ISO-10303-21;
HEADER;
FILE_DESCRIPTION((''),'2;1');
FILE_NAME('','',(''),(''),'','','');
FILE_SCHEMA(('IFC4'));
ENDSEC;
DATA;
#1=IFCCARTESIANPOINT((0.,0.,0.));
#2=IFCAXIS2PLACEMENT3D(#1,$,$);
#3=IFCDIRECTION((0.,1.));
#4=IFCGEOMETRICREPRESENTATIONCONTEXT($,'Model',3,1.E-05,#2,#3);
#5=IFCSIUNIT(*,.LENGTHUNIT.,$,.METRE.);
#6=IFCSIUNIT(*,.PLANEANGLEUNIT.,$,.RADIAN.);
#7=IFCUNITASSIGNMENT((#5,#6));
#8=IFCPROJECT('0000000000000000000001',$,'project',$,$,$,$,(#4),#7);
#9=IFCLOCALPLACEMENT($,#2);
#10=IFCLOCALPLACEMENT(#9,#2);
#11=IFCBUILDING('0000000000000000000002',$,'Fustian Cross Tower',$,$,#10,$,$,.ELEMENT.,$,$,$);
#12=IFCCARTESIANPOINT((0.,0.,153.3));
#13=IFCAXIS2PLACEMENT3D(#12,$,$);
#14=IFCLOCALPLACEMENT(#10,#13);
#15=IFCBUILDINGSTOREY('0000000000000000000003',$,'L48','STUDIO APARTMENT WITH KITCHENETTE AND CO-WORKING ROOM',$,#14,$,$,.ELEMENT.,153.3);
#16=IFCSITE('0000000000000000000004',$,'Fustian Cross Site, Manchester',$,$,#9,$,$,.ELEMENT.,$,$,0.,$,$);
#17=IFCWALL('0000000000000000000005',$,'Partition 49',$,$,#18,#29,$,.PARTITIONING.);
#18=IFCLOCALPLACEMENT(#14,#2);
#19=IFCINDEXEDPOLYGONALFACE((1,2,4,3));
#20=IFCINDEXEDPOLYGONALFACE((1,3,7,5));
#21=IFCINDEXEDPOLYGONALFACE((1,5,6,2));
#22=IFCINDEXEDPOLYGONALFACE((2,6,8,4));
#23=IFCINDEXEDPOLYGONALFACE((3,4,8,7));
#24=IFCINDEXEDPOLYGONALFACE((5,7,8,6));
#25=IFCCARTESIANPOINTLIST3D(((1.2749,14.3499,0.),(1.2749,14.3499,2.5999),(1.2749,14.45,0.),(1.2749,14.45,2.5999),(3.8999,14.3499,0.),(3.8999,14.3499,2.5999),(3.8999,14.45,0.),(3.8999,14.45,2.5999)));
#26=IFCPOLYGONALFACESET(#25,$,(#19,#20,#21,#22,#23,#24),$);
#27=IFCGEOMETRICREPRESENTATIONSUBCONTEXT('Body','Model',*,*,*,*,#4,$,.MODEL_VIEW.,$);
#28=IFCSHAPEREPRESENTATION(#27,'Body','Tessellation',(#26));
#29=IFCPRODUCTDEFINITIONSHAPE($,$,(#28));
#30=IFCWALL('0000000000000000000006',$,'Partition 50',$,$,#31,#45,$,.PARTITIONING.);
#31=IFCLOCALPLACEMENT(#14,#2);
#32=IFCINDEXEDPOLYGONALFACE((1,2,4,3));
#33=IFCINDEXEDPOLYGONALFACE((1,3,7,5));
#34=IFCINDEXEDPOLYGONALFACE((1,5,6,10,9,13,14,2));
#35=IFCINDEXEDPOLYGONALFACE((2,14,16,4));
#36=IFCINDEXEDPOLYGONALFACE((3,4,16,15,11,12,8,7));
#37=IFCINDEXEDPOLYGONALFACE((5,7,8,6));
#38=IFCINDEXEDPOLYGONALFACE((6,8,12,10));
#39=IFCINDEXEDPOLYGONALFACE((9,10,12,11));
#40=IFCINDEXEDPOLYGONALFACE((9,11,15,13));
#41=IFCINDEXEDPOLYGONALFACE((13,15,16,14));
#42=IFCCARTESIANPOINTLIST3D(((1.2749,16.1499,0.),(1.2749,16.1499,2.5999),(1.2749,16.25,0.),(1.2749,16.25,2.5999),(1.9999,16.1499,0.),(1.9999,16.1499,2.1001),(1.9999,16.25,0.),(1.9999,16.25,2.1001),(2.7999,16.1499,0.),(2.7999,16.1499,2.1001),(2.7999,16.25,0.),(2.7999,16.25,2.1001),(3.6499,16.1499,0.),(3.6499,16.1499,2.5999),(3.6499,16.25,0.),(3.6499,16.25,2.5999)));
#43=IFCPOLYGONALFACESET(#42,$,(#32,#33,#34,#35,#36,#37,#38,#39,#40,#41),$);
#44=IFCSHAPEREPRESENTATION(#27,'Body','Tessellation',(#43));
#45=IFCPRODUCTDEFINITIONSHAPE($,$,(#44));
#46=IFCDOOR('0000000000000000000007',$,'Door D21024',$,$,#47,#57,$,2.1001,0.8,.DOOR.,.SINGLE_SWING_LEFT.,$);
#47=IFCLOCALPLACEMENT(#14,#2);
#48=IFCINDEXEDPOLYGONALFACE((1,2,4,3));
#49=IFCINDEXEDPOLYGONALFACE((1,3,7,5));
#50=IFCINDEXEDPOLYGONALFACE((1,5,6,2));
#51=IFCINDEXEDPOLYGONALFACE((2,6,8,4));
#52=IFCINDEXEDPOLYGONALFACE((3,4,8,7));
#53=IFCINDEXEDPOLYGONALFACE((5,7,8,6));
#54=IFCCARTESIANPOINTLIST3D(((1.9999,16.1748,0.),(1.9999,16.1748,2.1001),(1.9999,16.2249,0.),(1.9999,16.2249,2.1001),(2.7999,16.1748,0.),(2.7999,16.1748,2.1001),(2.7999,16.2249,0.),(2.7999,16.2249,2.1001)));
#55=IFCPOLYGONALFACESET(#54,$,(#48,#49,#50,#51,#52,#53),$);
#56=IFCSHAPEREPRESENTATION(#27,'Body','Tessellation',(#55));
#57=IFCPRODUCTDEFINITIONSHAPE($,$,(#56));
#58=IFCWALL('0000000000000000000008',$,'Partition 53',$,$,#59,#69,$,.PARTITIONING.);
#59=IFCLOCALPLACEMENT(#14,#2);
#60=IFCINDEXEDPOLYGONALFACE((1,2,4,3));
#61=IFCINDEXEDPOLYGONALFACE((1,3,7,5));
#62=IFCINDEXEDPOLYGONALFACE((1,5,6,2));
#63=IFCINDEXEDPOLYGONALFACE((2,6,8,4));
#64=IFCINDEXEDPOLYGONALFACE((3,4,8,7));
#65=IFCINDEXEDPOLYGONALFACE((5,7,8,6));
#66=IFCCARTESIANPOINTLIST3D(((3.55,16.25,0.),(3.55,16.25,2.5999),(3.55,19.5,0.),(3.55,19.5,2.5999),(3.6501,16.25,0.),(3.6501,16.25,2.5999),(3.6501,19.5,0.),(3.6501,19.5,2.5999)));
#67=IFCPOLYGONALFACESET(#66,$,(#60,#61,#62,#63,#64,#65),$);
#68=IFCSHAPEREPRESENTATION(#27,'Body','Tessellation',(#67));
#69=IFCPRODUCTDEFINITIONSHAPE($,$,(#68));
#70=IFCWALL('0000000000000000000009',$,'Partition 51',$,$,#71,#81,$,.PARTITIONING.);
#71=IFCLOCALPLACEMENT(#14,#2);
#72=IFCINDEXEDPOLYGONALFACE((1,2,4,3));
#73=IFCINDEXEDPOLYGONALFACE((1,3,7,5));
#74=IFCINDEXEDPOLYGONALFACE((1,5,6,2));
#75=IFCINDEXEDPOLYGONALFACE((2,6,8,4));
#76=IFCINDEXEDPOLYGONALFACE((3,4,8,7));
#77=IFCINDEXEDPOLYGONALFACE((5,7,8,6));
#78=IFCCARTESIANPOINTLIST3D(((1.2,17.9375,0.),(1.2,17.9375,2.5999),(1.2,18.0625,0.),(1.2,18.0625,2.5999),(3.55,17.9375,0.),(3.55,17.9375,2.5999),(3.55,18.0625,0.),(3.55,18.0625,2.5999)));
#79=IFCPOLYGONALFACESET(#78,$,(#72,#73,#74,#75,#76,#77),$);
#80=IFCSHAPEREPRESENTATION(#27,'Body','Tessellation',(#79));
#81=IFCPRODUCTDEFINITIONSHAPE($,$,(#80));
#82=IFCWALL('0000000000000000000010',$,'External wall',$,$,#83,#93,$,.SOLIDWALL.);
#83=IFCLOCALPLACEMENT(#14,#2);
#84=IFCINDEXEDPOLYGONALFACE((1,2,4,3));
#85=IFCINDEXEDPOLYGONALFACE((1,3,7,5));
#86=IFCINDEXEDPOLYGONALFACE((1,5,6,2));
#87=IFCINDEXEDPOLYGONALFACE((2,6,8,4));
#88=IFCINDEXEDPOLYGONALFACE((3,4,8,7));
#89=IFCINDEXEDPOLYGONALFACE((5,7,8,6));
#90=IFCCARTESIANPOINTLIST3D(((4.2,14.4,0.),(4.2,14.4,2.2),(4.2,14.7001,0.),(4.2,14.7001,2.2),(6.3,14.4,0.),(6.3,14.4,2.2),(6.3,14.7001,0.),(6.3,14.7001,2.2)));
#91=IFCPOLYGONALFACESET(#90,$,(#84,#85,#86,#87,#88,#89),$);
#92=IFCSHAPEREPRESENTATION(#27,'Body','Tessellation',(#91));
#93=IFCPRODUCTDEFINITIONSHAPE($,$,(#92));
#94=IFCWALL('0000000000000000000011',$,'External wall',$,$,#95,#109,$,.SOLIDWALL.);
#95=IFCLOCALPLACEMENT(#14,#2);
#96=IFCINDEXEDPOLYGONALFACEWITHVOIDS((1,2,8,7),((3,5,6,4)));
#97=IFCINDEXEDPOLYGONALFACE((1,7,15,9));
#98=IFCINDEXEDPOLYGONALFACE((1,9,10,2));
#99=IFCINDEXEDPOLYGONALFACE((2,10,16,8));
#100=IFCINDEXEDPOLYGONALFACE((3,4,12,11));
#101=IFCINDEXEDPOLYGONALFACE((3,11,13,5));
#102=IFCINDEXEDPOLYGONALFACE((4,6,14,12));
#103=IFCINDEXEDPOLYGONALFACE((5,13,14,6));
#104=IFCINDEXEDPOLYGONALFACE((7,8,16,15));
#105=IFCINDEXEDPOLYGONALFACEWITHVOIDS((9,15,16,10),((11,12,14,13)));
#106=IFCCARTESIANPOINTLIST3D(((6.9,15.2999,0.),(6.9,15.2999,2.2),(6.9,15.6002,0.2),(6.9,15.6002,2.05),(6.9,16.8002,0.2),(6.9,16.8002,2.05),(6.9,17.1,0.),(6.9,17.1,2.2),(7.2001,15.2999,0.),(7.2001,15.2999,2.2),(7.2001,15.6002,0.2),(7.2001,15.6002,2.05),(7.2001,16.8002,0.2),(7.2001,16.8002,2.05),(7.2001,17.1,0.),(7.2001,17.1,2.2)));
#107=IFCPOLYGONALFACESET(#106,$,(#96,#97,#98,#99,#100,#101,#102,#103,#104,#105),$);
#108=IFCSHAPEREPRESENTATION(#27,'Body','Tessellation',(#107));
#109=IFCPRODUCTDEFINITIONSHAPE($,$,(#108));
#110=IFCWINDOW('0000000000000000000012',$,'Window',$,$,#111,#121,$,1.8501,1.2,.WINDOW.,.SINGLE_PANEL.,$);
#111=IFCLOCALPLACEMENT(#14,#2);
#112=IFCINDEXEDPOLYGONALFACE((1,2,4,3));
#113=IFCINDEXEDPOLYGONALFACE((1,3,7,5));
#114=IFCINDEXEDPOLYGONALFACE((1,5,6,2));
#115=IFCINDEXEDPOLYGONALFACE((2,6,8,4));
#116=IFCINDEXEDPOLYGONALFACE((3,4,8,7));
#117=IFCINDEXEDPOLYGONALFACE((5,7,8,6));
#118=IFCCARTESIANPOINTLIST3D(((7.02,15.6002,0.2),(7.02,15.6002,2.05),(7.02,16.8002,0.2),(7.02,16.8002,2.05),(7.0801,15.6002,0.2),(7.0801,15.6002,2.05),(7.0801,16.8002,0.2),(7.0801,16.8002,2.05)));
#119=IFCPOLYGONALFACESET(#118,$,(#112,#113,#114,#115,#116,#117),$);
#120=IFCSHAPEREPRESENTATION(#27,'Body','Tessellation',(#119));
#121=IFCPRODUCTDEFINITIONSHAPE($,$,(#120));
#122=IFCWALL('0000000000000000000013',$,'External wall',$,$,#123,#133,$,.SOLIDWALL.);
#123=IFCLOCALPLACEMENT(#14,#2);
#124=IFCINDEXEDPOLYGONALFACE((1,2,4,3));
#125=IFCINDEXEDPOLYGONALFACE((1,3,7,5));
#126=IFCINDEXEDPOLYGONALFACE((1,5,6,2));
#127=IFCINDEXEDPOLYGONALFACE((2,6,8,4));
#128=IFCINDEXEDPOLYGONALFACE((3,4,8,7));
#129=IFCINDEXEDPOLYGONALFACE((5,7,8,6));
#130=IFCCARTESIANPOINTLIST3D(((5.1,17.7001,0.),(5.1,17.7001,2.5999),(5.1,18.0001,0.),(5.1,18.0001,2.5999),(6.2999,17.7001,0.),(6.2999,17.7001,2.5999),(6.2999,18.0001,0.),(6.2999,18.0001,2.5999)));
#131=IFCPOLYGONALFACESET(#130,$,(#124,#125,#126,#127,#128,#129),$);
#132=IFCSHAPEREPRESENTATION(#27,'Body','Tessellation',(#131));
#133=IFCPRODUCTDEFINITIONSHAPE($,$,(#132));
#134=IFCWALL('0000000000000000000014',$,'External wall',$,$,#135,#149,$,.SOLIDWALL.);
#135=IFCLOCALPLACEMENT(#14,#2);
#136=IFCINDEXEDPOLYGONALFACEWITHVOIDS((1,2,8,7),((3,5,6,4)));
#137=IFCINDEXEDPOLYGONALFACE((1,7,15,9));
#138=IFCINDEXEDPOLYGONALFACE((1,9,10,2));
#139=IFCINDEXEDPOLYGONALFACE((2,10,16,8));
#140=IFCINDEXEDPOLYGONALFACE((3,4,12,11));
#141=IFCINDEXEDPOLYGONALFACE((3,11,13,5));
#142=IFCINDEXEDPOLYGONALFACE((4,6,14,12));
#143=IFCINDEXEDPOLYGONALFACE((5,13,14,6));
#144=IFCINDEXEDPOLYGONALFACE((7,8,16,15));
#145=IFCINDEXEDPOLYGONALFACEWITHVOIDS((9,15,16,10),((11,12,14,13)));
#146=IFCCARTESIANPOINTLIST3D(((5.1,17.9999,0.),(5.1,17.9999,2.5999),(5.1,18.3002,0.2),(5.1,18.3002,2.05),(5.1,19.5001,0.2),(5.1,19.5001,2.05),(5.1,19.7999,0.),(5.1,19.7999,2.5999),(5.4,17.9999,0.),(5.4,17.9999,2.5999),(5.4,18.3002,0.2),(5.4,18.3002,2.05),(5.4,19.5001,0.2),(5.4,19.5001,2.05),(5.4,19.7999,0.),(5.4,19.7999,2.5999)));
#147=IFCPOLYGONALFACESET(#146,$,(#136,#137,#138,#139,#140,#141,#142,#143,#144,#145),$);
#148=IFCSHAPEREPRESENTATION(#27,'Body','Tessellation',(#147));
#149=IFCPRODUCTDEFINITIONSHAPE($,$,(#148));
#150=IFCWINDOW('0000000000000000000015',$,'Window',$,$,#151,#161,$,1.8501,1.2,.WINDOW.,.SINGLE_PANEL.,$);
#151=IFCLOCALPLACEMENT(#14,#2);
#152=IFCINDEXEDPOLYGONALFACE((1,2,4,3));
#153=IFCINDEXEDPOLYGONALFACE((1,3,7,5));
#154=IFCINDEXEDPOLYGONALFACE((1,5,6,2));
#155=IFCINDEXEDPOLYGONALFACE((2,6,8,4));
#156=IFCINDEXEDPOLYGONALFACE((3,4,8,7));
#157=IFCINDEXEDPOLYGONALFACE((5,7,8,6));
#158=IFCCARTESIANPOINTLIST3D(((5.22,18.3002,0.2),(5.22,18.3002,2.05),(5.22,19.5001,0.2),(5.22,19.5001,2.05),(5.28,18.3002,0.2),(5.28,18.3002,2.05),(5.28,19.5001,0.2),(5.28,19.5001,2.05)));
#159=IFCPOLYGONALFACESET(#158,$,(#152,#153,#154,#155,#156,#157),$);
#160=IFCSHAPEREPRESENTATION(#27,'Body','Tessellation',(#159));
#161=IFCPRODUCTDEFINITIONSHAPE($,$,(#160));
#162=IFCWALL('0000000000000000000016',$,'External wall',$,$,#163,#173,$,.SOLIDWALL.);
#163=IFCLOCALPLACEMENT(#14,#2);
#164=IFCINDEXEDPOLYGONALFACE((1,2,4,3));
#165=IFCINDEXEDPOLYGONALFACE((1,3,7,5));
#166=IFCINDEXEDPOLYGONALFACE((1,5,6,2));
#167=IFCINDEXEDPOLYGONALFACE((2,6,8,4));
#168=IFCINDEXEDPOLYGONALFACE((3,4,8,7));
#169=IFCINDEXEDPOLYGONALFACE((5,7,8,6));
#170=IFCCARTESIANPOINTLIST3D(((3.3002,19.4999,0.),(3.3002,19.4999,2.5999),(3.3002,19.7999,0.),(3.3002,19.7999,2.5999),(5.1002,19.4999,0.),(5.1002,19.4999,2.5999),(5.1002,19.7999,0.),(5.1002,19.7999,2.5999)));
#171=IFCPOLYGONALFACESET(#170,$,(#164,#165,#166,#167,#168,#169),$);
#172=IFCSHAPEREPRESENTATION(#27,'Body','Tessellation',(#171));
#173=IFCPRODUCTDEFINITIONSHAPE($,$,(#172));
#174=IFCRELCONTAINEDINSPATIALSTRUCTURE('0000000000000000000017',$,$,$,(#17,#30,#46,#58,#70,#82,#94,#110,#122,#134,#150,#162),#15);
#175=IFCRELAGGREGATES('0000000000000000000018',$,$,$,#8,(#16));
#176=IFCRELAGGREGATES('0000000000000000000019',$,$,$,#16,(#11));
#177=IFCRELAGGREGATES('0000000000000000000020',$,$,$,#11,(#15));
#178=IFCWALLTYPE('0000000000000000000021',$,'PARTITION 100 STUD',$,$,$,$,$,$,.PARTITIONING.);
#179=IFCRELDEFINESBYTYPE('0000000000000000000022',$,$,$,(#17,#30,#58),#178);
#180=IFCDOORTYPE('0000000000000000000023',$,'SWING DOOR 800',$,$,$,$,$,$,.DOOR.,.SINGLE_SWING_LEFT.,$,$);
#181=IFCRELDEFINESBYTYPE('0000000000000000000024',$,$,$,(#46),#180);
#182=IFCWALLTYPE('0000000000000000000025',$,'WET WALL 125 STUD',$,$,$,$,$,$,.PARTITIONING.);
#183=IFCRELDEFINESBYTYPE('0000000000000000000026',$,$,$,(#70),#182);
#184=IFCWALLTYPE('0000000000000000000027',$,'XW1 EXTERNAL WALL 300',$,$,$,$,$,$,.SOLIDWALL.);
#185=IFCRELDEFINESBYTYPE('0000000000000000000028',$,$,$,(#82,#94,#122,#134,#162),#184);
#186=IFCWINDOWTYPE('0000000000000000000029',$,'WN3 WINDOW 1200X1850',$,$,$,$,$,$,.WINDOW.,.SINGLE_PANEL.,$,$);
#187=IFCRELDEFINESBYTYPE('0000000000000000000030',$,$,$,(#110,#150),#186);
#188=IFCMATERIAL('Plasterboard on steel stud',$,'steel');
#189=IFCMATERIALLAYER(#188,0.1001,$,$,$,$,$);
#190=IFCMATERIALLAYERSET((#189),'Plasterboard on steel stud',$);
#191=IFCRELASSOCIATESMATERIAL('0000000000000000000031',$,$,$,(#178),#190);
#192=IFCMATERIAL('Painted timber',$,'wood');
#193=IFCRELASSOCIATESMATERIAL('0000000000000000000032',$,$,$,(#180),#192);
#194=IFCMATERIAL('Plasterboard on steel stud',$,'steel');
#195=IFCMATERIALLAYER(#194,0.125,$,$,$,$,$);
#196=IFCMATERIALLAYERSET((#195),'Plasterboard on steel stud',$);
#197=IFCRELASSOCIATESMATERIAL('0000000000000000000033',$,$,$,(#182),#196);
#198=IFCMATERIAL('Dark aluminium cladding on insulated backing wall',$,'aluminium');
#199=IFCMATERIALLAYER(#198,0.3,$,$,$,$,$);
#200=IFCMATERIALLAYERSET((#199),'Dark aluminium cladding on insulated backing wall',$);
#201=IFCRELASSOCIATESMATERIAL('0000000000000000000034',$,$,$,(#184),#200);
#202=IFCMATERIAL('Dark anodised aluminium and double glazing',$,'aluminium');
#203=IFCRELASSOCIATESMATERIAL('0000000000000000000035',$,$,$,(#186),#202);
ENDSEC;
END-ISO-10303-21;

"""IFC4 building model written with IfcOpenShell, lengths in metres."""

from ifc_helpers import new_model, si_unit, direction, frame, frame_2d, origin, place, context, subcontext, project, spatial, rectangle, extrude, material, layer, layer_set, type_object, element, fill, save


model = new_model("IFC4")

# Units and contexts
model_context = context("Model", 3, precision=1e-05, world=origin(), true_north=direction((0.0, 1.0)))
body_context = subcontext(model_context, "Body", "Model", "MODEL_VIEW")
ifc_project = project(units=[si_unit("LENGTHUNIT", "METRE"), si_unit("PLANEANGLEUNIT", "RADIAN")], contexts=[model_context])

# Site, building, storey
site_placement = place(None, origin())
site = spatial("IfcSite", under=ifc_project, at=site_placement, Name="Fustian Cross Site, Manchester", CompositionType="ELEMENT", RefElevation=0.0)
building_placement = place(site_placement, origin())
building = spatial("IfcBuilding", under=site, at=building_placement, Name="Fustian Cross Tower", CompositionType="ELEMENT")
storey_placement = place(building_placement, frame((0.0, 0.0, 153.3)))
storey = spatial("IfcBuildingStorey", under=building, at=storey_placement, Name="L48", Description="STUDIO APARTMENT WITH KITCHENETTE AND CO-WORKING ROOM", CompositionType="ELEMENT", Elevation=153.3)

# Wall
ifc_material_1 = material(Name="Plasterboard on steel stud", Category="steel")
ifc_layer_1 = layer(ifc_material_1, 0.1001)
ifc_layer_set_1 = layer_set([ifc_layer_1], Name="Plasterboard on steel stud")
wall_type_1 = type_object("IfcWallType", Name="PARTITION 100 STUD", PredefinedType="PARTITIONING", material=ifc_layer_set_1)
for number, where, z_axis, x_axis, name in (
    (1, (1.2749, 14.3999, 0.0), (0.0, 0.0, 1.0), (1.0, 0.0, 0.0), "Partition 49"),
):
    element("IfcWall", number, at=place(storey_placement, frame(where, z_axis=z_axis, x_axis=x_axis)), inside=storey, type_object=wall_type_1, Name=name, PredefinedType="PARTITIONING", context=body_context, shape_type="SweptSolid", body=[
        extrude(rectangle(XDim=2.625, YDim=0.1001, at=frame_2d((1.3125, 0.0))), origin(), (0.0, 0.0, 1.0), 2.5999),
    ])

# Wall, opening, door
wall_1_placement = place(storey_placement, frame((1.2749, 16.2, 0.0), z_axis=(0.0, 0.0, 1.0), x_axis=(1.0, 0.0, 0.0)))
wall_1 = element("IfcWall", 2, at=wall_1_placement, inside=storey, type_object=wall_type_1, Name="Partition 50", PredefinedType="PARTITIONING", context=body_context, shape_type="SweptSolid", body=[
    extrude(rectangle(XDim=2.375, YDim=0.1001, at=frame_2d((1.1875, 0.0))), origin(), (0.0, 0.0, 1.0), 2.5999),
])
opening_1_placement = place(wall_1_placement, frame((0.7251, 0.0, 0.0)))
opening_1 = element("IfcOpeningElement", 3, at=opening_1_placement, cuts=wall_1, PredefinedType="OPENING", context=body_context, shape_type="SweptSolid", body=[
    extrude(rectangle(XDim=0.8, YDim=2.1001, at=frame_2d((0.3999, 1.05))), frame((0.0, 0.0601, 0.0), z_axis=(0.0, -1.0, 0.0), x_axis=(1.0, 0.0, 0.0)), (0.0, 0.0, 1.0), 0.1201),
])
ifc_material_2 = material(Name="Painted timber", Category="wood")
door_type = type_object("IfcDoorType", Name="SWING DOOR 800", OperationType="SINGLE_SWING_LEFT", PredefinedType="DOOR", material=ifc_material_2)
door_placement = place(opening_1_placement, origin())
door = element("IfcDoor", 4, at=door_placement, inside=storey, type_object=door_type, Name="Door D21024", OperationType="SINGLE_SWING_LEFT", OverallHeight=2.1001, OverallWidth=0.8, PredefinedType="DOOR", context=body_context, shape_type="SweptSolid", body=[
    extrude(rectangle(XDim=0.8, YDim=2.1001, at=frame_2d((0.3999, 1.05))), frame((0.0, 0.0249, 0.0), z_axis=(0.0, -1.0, 0.0), x_axis=(1.0, 0.0, 0.0)), (0.0, 0.0, 1.0), 0.05),
])
fill(opening_1, door)

# Walls
wall_2_placement = place(storey_placement, frame((3.6001, 16.25, 0.0), z_axis=(0.0, 0.0, 1.0), x_axis=(0.0, 1.0, 0.0)))
element("IfcWall", 5, at=wall_2_placement, inside=storey, type_object=wall_type_1, Name="Partition 53", PredefinedType="PARTITIONING", context=body_context, shape_type="SweptSolid", body=[
    extrude(rectangle(XDim=3.25, YDim=0.1001, at=frame_2d((1.625, 0.0))), origin(), (0.0, 0.0, 1.0), 2.5999),
])
ifc_material_3 = material(Name="Plasterboard on steel stud", Category="steel")
ifc_layer_2 = layer(ifc_material_3, 0.125)
ifc_layer_set_2 = layer_set([ifc_layer_2], Name="Plasterboard on steel stud")
wall_type_2 = type_object("IfcWallType", Name="WET WALL 125 STUD", PredefinedType="PARTITIONING", material=ifc_layer_set_2)
wall_3_placement = place(storey_placement, frame((1.2, 18.0, 0.0), z_axis=(0.0, 0.0, 1.0), x_axis=(1.0, 0.0, 0.0)))
element("IfcWall", 6, at=wall_3_placement, inside=storey, type_object=wall_type_2, Name="Partition 51", PredefinedType="PARTITIONING", context=body_context, shape_type="SweptSolid", body=[
    extrude(rectangle(XDim=2.3501, YDim=0.125, at=frame_2d((1.175, 0.0))), origin(), (0.0, 0.0, 1.0), 2.5999),
])
ifc_material_4 = material(Name="Dark aluminium cladding on insulated backing wall", Category="aluminium")
ifc_layer_3 = layer(ifc_material_4, 0.3)
ifc_layer_set_3 = layer_set([ifc_layer_3], Name="Dark aluminium cladding on insulated backing wall")
wall_type_3 = type_object("IfcWallType", Name="XW1 EXTERNAL WALL 300", PredefinedType="SOLIDWALL", material=ifc_layer_set_3)
wall_4_placement = place(storey_placement, frame((4.2, 14.55, 0.0), z_axis=(0.0, 0.0, 1.0), x_axis=(1.0, 0.0, 0.0)))
element("IfcWall", 7, at=wall_4_placement, inside=storey, type_object=wall_type_3, Name="External wall", PredefinedType="SOLIDWALL", context=body_context, shape_type="SweptSolid", body=[
    extrude(rectangle(XDim=2.1001, YDim=0.3, at=frame_2d((1.05, 0.0))), origin(), (0.0, 0.0, 1.0), 2.2),
])

# Wall, opening, window
wall_5_placement = place(storey_placement, frame((7.05, 15.3, 0.0), z_axis=(0.0, 0.0, 1.0), x_axis=(0.0, 1.0, 0.0)))
wall_5 = element("IfcWall", 8, at=wall_5_placement, inside=storey, type_object=wall_type_3, Name="External wall", PredefinedType="SOLIDWALL", context=body_context, shape_type="SweptSolid", body=[
    extrude(rectangle(XDim=1.8, YDim=0.3, at=frame_2d((0.8999, 0.0))), origin(), (0.0, 0.0, 1.0), 2.2),
])
opening_2_placement = place(wall_5_placement, frame((0.3, 0.0, 0.2)))
opening_2 = element("IfcOpeningElement", 9, at=opening_2_placement, cuts=wall_5, PredefinedType="OPENING", context=body_context, shape_type="SweptSolid", body=[
    extrude(rectangle(XDim=1.2, YDim=1.8501, at=frame_2d((0.6001, 0.925))), frame((0.0, 0.1599, 0.0), z_axis=(0.0, -1.0, 0.0), x_axis=(1.0, 0.0, 0.0)), (0.0, 0.0, 1.0), 0.3201),
])
ifc_material_5 = material(Name="Dark anodised aluminium and double glazing", Category="aluminium")
window_type_1 = type_object("IfcWindowType", Name="WN3 WINDOW 1200X1850", PartitioningType="SINGLE_PANEL", PredefinedType="WINDOW", material=ifc_material_5)
window_1_placement = place(opening_2_placement, origin())
window_1 = element("IfcWindow", 10, at=window_1_placement, inside=storey, type_object=window_type_1, Name="Window", OverallHeight=1.8501, OverallWidth=1.2, PartitioningType="SINGLE_PANEL", PredefinedType="WINDOW", context=body_context, shape_type="SweptSolid", body=[
    extrude(rectangle(XDim=1.2, YDim=1.8501, at=frame_2d((0.6001, 0.925))), frame((0.0, 0.03, 0.0), z_axis=(0.0, -1.0, 0.0), x_axis=(1.0, 0.0, 0.0)), (0.0, 0.0, 1.0), 0.0601),
])
fill(opening_2, window_1)

# Wall
wall_6_placement = place(storey_placement, frame((6.3, 17.8501, 0.0), z_axis=(0.0, 0.0, 1.0), x_axis=(-1.0, 0.0, 0.0)))
element("IfcWall", 11, at=wall_6_placement, inside=storey, type_object=wall_type_3, Name="External wall", PredefinedType="SOLIDWALL", context=body_context, shape_type="SweptSolid", body=[
    extrude(rectangle(XDim=1.2, YDim=0.3, at=frame_2d((0.6001, 0.0))), origin(), (0.0, 0.0, 1.0), 2.5999),
])

# Wall, opening, window
wall_7_placement = place(storey_placement, frame((5.25, 18.0, 0.0), z_axis=(0.0, 0.0, 1.0), x_axis=(0.0, 1.0, 0.0)))
wall_7 = element("IfcWall", 12, at=wall_7_placement, inside=storey, type_object=wall_type_3, Name="External wall", PredefinedType="SOLIDWALL", context=body_context, shape_type="SweptSolid", body=[
    extrude(rectangle(XDim=1.8, YDim=0.3, at=frame_2d((0.8999, 0.0))), origin(), (0.0, 0.0, 1.0), 2.5999),
])
opening_3_placement = place(wall_7_placement, frame((0.3, 0.0, 0.2)))
opening_3 = element("IfcOpeningElement", 13, at=opening_3_placement, cuts=wall_7, PredefinedType="OPENING", context=body_context, shape_type="SweptSolid", body=[
    extrude(rectangle(XDim=1.2, YDim=1.8501, at=frame_2d((0.6001, 0.925))), frame((0.0, 0.1599, 0.0), z_axis=(0.0, -1.0, 0.0), x_axis=(1.0, 0.0, 0.0)), (0.0, 0.0, 1.0), 0.3201),
])
window_2_placement = place(opening_3_placement, origin())
window_2 = element("IfcWindow", 14, at=window_2_placement, inside=storey, type_object=window_type_1, Name="Window", OverallHeight=1.8501, OverallWidth=1.2, PartitioningType="SINGLE_PANEL", PredefinedType="WINDOW", context=body_context, shape_type="SweptSolid", body=[
    extrude(rectangle(XDim=1.2, YDim=1.8501, at=frame_2d((0.6001, 0.925))), frame((0.0, 0.03, 0.0), z_axis=(0.0, -1.0, 0.0), x_axis=(1.0, 0.0, 0.0)), (0.0, 0.0, 1.0), 0.0601),
])
fill(opening_3, window_2)

# Wall
wall_8_placement = place(storey_placement, frame((5.1001, 19.6499, 0.0), z_axis=(0.0, 0.0, 1.0), x_axis=(-1.0, 0.0, 0.0)))
element("IfcWall", 15, at=wall_8_placement, inside=storey, type_object=wall_type_3, Name="External wall", PredefinedType="SOLIDWALL", context=body_context, shape_type="SweptSolid", body=[
    extrude(rectangle(XDim=1.8, YDim=0.3, at=frame_2d((0.8999, 0.0))), origin(), (0.0, 0.0, 1.0), 2.5999),
])

save(model, "model.ifc")
